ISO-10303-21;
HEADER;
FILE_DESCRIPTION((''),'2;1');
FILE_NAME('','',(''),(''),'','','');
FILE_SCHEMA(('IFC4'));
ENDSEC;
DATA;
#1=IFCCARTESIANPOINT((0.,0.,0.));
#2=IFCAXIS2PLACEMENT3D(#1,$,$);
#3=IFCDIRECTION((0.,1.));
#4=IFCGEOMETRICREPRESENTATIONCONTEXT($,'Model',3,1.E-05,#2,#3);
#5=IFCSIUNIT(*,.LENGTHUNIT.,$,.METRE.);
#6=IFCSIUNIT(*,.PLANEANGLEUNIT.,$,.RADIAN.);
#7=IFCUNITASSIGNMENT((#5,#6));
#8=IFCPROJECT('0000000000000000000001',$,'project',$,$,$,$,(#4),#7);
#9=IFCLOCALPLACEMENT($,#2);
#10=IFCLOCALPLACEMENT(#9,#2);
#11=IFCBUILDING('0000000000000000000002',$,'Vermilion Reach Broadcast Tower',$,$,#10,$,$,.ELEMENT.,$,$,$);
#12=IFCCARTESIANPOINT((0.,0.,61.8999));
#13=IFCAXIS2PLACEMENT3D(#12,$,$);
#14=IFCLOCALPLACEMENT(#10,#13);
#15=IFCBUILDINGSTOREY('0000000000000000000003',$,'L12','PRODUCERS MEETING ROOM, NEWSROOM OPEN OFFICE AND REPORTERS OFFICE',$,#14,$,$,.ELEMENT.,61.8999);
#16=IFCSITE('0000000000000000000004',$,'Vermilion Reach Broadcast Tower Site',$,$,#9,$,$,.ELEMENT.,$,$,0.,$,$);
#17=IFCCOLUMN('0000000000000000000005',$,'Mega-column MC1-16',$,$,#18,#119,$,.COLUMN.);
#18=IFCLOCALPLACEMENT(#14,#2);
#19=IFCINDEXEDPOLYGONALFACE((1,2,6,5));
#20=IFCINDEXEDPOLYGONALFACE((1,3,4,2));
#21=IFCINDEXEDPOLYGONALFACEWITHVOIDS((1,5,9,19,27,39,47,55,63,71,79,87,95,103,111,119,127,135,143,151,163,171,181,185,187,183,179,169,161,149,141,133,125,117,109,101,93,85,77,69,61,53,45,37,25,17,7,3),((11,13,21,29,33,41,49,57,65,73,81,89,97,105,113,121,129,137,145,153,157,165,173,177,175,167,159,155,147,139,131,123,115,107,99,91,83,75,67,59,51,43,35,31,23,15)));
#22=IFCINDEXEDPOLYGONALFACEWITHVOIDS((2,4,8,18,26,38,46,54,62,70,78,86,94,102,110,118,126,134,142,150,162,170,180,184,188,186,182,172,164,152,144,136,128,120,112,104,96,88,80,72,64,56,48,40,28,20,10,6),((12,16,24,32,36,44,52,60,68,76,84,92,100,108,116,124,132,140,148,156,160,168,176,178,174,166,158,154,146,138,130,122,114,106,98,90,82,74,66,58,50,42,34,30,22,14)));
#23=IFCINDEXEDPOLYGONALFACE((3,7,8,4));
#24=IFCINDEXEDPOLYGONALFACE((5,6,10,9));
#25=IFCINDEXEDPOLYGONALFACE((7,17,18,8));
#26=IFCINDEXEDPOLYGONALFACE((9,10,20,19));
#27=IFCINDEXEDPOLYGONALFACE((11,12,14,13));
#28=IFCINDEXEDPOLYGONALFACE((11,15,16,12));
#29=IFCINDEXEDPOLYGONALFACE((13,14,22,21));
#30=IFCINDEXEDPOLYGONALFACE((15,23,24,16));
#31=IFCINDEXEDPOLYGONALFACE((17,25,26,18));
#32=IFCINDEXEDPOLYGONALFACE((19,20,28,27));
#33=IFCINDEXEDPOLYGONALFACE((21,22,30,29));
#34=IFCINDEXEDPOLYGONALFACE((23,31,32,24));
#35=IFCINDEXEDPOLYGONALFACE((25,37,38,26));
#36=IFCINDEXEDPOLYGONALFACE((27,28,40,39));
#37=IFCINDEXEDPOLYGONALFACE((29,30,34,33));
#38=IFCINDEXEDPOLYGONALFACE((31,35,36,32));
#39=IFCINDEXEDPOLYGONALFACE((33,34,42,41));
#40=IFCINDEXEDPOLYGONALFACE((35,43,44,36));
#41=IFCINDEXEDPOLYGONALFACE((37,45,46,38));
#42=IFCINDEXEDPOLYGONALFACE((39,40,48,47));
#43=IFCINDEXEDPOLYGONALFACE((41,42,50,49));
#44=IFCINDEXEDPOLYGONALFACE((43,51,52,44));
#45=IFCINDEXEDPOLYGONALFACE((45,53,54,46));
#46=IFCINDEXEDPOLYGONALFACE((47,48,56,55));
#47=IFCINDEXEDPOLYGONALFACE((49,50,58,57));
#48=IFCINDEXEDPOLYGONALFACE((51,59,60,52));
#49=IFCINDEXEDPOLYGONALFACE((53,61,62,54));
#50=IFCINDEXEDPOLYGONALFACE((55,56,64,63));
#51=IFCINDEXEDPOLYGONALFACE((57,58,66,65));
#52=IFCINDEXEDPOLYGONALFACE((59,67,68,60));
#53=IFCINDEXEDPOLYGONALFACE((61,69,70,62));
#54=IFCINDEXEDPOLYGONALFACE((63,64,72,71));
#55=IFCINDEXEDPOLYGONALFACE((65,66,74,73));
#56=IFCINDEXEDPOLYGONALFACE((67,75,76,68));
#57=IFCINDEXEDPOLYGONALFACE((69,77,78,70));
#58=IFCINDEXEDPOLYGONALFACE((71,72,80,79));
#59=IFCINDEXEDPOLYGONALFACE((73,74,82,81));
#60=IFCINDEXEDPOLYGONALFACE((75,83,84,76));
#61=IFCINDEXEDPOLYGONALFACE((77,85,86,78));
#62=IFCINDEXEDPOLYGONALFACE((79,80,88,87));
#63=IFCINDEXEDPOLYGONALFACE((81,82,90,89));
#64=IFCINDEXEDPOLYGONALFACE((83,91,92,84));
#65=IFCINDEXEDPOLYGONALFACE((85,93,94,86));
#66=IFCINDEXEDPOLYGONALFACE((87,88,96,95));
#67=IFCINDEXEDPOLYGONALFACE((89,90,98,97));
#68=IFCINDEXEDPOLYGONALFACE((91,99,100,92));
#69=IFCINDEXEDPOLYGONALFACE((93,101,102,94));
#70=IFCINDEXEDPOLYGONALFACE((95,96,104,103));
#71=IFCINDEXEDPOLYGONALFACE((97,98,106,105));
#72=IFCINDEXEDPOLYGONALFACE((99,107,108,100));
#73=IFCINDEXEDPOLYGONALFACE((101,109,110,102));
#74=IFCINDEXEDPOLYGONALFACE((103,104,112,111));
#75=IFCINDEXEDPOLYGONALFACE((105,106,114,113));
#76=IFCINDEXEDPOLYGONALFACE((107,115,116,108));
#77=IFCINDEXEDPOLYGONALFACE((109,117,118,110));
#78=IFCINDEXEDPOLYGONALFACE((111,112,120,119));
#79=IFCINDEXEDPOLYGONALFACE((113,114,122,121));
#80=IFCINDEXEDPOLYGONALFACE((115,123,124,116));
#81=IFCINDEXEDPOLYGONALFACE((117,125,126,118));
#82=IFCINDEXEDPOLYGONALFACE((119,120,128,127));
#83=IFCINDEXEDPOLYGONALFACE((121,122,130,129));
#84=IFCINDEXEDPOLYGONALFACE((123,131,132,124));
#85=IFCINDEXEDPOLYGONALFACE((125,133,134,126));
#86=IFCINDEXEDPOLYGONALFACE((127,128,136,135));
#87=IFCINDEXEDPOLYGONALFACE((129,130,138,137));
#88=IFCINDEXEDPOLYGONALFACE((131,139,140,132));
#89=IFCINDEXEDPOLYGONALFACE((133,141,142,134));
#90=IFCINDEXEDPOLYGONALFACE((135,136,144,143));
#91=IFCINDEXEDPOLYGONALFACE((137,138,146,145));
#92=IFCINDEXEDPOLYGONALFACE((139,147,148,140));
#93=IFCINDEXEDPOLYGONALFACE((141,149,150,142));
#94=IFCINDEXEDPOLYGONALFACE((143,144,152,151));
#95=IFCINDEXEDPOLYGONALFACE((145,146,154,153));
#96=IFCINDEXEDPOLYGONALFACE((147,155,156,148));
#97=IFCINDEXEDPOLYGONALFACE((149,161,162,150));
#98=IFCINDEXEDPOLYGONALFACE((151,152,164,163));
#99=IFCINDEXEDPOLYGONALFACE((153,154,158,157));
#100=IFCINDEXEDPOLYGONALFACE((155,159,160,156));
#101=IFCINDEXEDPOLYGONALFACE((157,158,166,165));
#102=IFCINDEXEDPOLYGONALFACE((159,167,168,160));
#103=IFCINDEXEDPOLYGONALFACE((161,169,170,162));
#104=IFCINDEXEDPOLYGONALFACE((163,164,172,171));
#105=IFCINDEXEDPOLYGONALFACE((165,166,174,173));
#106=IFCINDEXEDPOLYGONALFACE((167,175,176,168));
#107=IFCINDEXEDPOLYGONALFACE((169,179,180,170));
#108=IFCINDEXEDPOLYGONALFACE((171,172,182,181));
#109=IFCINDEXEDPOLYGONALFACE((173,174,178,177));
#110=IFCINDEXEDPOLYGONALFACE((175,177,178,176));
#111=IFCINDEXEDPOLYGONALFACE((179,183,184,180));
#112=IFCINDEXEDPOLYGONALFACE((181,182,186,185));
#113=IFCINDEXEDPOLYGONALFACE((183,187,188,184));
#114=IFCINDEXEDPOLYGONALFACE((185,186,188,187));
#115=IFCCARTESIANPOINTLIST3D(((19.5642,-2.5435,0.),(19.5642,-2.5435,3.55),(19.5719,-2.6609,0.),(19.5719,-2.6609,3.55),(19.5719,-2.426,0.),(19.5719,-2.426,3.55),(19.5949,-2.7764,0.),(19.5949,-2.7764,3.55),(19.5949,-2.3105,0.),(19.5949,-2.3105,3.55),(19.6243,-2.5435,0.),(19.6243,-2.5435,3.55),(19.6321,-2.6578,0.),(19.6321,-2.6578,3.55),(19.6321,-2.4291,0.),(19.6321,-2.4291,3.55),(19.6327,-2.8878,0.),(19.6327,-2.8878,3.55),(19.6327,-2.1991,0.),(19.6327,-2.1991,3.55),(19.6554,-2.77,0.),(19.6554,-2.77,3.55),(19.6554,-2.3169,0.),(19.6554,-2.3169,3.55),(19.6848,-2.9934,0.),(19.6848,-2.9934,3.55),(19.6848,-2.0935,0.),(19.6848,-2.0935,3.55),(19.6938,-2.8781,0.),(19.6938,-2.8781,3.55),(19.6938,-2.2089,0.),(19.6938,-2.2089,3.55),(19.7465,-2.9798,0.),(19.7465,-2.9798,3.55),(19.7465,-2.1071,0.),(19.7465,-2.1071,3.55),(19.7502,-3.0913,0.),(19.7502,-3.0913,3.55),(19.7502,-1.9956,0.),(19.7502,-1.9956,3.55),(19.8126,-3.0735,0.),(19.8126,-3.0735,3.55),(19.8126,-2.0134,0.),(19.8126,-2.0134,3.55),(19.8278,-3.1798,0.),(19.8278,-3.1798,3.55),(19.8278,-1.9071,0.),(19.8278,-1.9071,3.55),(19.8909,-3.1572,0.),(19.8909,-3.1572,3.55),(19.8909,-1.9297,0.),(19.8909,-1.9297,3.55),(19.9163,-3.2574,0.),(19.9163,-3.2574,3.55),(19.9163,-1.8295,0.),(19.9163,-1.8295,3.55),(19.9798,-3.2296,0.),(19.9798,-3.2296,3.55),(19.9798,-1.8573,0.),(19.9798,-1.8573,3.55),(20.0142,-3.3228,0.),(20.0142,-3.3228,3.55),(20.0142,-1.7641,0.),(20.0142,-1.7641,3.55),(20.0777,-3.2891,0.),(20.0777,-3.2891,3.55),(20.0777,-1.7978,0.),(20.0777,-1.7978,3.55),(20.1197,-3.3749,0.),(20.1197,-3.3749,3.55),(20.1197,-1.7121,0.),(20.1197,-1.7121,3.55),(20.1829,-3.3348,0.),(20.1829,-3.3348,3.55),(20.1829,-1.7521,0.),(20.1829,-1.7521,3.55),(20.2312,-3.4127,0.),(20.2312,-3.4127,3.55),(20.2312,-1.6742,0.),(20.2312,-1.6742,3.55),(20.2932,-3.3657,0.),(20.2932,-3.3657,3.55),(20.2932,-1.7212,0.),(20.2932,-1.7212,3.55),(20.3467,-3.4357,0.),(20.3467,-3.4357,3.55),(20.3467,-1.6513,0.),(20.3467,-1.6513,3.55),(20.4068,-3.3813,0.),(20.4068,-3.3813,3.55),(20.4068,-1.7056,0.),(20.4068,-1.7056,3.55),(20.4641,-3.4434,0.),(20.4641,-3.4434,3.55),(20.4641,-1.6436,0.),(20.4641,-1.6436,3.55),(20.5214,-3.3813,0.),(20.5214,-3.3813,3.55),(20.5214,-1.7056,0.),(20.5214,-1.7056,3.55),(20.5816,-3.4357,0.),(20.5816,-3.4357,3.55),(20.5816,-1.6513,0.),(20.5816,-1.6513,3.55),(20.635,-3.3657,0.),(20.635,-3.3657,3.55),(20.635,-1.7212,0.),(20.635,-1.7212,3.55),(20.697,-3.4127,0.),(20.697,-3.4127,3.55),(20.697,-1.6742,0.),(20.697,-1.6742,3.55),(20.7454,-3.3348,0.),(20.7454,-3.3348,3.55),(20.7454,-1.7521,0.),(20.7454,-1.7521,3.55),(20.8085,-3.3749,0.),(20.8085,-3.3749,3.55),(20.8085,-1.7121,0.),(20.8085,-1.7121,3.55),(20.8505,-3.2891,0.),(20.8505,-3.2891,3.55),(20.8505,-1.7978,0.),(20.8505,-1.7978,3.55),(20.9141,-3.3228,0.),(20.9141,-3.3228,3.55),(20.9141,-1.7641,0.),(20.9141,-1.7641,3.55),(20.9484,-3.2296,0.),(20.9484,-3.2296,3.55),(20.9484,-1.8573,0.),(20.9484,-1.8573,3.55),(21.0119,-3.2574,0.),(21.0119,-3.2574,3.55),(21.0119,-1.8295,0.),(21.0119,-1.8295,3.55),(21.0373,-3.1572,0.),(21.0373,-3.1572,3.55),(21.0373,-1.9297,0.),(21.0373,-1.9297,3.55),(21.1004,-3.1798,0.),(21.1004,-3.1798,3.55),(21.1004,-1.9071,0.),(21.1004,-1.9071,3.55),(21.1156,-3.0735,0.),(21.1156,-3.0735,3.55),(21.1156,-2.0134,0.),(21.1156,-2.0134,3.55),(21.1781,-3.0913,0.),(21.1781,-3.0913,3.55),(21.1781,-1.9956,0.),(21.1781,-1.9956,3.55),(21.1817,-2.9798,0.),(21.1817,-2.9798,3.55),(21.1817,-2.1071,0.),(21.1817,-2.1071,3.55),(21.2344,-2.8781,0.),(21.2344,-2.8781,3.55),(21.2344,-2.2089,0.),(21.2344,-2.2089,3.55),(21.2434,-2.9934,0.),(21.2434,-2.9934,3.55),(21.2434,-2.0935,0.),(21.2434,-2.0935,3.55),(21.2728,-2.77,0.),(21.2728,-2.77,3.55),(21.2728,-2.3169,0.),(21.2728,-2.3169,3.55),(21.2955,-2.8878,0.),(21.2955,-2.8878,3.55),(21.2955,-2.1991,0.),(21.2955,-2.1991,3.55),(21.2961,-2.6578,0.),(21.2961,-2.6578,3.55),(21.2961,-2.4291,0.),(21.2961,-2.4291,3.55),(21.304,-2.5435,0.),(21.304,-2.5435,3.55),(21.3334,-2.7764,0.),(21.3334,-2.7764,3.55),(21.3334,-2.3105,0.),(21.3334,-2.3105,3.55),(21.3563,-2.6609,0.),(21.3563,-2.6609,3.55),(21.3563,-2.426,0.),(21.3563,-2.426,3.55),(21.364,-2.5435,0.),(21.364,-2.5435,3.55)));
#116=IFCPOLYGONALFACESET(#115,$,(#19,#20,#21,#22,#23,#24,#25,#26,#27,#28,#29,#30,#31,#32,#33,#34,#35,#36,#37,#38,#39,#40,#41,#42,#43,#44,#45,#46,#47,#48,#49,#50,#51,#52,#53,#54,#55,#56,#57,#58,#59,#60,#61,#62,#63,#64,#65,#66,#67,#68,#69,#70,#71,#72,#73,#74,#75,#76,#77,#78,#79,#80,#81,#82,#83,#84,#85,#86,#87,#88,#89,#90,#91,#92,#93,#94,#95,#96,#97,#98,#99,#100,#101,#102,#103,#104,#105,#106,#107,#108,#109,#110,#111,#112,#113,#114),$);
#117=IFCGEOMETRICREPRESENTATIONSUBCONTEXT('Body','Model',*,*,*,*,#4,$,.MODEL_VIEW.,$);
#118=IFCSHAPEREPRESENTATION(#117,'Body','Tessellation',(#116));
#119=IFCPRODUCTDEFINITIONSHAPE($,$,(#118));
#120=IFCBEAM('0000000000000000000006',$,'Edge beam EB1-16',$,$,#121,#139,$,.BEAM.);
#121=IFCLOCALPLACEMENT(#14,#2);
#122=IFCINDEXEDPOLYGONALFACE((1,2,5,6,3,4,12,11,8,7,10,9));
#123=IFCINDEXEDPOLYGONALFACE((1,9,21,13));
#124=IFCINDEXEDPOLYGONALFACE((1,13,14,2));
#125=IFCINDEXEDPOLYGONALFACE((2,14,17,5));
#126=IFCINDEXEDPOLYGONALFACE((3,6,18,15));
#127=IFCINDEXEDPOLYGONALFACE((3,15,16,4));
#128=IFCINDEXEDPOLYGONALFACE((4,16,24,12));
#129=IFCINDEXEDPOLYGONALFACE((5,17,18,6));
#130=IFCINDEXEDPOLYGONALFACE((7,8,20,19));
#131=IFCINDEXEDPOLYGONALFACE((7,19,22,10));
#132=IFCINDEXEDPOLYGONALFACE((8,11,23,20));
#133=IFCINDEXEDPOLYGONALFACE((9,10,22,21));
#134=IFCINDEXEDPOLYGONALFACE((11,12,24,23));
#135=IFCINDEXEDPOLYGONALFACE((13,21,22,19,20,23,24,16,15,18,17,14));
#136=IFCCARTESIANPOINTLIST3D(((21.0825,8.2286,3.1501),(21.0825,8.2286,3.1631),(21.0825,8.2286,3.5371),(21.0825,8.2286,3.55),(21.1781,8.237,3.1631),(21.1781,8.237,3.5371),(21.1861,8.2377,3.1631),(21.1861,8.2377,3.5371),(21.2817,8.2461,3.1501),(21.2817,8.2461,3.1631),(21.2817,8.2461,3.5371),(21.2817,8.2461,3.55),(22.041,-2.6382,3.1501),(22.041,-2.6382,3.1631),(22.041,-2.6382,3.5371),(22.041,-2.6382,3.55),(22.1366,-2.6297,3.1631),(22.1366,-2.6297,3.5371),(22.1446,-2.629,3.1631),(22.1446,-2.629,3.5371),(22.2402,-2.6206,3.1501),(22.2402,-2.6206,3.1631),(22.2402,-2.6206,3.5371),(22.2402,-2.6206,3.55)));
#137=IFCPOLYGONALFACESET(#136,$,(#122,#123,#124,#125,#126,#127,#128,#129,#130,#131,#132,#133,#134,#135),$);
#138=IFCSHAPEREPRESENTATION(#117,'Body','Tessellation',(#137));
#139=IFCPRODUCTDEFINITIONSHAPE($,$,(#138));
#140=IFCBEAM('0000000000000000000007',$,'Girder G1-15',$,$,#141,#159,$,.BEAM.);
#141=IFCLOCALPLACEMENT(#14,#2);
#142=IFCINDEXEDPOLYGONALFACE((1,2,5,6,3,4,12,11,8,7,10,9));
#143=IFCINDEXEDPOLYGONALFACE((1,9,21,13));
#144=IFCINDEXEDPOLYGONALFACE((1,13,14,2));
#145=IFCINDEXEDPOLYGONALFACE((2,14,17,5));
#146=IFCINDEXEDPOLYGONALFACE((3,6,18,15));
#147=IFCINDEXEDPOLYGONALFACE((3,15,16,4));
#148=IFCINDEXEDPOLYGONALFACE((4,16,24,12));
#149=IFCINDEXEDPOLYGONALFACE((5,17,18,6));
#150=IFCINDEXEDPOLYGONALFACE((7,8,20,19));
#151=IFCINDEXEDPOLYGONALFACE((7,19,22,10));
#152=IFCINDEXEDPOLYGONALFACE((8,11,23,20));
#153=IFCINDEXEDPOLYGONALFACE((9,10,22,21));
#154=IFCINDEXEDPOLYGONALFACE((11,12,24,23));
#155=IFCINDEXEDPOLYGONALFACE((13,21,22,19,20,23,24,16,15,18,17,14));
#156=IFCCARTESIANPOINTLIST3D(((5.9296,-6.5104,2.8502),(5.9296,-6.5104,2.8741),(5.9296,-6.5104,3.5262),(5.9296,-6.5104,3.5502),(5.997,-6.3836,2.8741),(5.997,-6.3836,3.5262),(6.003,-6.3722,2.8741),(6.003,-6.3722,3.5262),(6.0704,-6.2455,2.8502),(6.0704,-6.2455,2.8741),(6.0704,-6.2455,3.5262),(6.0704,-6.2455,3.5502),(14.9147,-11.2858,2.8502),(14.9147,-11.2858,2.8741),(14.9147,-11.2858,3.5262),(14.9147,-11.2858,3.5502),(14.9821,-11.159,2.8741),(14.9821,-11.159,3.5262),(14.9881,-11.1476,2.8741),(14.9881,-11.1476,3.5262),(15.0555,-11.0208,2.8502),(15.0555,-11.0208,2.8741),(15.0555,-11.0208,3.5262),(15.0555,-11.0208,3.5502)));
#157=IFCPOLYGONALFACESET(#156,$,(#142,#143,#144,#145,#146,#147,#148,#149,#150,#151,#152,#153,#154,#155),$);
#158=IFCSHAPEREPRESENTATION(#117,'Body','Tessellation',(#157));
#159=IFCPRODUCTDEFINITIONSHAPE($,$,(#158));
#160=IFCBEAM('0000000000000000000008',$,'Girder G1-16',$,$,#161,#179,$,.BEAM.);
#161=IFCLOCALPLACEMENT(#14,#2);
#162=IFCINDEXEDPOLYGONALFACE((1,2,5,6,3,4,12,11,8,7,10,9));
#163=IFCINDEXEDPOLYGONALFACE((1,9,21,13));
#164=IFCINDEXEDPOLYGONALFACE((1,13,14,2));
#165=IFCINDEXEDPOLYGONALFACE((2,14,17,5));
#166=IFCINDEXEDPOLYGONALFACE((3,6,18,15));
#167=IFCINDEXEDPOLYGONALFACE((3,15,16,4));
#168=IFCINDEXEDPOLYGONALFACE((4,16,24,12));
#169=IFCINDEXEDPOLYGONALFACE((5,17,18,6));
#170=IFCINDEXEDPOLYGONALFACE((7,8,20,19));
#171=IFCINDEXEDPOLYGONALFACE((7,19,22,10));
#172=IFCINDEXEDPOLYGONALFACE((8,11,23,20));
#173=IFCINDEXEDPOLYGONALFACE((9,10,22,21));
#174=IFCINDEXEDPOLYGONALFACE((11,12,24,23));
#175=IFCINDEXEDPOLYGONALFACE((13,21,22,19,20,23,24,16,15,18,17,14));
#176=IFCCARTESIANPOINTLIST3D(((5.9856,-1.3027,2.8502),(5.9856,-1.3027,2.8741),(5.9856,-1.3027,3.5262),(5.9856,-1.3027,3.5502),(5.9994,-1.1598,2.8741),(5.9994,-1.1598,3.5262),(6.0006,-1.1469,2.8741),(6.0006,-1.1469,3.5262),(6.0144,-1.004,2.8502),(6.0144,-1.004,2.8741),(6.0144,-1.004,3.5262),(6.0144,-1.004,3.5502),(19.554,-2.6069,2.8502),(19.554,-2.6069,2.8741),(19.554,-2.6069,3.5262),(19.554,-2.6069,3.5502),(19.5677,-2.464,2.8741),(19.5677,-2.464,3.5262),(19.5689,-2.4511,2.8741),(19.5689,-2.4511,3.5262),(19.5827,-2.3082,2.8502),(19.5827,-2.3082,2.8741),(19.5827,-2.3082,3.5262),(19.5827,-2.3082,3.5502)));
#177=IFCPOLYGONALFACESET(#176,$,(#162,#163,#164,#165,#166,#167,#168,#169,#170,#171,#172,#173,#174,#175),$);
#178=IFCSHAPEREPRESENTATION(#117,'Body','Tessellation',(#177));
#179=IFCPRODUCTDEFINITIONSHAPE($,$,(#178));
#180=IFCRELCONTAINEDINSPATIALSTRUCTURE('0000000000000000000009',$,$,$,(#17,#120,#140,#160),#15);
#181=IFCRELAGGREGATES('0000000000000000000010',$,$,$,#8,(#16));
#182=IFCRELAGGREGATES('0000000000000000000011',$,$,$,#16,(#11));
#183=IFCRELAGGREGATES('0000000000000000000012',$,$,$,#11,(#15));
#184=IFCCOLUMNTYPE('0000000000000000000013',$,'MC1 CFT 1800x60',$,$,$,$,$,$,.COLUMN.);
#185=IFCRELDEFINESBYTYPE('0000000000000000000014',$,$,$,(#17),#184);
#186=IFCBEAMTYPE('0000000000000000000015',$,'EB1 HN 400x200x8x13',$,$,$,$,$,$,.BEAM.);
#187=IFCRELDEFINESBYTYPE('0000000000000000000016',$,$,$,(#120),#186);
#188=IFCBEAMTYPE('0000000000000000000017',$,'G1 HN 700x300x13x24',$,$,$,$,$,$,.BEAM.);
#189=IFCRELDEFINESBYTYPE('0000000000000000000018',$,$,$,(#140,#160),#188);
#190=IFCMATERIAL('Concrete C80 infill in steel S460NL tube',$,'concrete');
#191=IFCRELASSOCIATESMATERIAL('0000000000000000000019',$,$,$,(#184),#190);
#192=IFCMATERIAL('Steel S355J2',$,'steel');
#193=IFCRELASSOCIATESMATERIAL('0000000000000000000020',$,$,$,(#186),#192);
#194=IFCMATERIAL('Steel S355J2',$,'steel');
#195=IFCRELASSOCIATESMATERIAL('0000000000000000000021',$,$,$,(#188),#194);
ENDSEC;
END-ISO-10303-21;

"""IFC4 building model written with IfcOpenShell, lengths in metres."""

from ifc_helpers import new_model, si_unit, direction, frame, origin, origin_2d, place, context, subcontext, project, spatial, hollow_circle, i_section, extrude, material, material_profile, profile_set, type_object, element, save


model = new_model("IFC4")

# Units and contexts
model_context = context("Model", 3, precision=1e-05, world=origin(), true_north=direction((0.0, 1.0)))
body_context = subcontext(model_context, "Body", "Model", "MODEL_VIEW")
ifc_project = project(units=[si_unit("LENGTHUNIT", "METRE"), si_unit("PLANEANGLEUNIT", "RADIAN")], contexts=[model_context])

# Site, building, storey
site_placement = place(None, origin())
site = spatial("IfcSite", under=ifc_project, at=site_placement, Name="Vermilion Reach Broadcast Tower Site", CompositionType="ELEMENT", RefElevation=0.0)
building_placement = place(site_placement, origin())
building = spatial("IfcBuilding", under=site, at=building_placement, Name="Vermilion Reach Broadcast Tower", CompositionType="ELEMENT")
storey_placement = place(building_placement, frame((0.0, 0.0, 61.8999)))
storey = spatial("IfcBuildingStorey", under=building, at=storey_placement, Name="L12", Description="PRODUCERS MEETING ROOM, NEWSROOM OPEN OFFICE AND REPORTERS OFFICE", CompositionType="ELEMENT", Elevation=61.8999)

# Column
ifc_material_1 = material(Name="Concrete C80 infill in steel S460NL tube", Category="concrete")
ifc_material_profile_1 = material_profile(ifc_material_1, hollow_circle(Radius=0.8999, WallThickness=0.0601, at=origin_2d()), Name="Concrete C80 infill in steel S460NL tube CFT 1800x60")
ifc_profile_set_1 = profile_set([ifc_material_profile_1], Name="Concrete C80 infill in steel S460NL tube")
column_type = type_object("IfcColumnType", Name="MC1 CFT 1800x60", PredefinedType="COLUMN", material=ifc_profile_set_1)
column_placement = place(storey_placement, frame((20.4641, -2.5435, 0.0), z_axis=(0.0, 0.0, 1.0), x_axis=(1.0, 0.0, 0.0)))
element("IfcColumn", 1, at=column_placement, inside=storey, type_object=column_type, Name="Mega-column MC1-16", PredefinedType="COLUMN", context=body_context, shape_type="SweptSolid", body=[
    extrude(hollow_circle(Radius=0.8999, WallThickness=0.0601, at=origin_2d()), origin(), (0.0, 0.0, 1.0), 3.55),
])

# Beams
ifc_material_2 = material(Name="Steel S355J2", Category="steel")
ifc_material_profile_2 = material_profile(ifc_material_2, i_section(OverallWidth=0.2, OverallDepth=0.3999, WebThickness=0.0081, FlangeThickness=0.0129, at=origin_2d()), Name="S355J2 HN 400x200x8x13")
ifc_profile_set_2 = profile_set([ifc_material_profile_2], Name="Steel S355J2")
beam_type_1 = type_object("IfcBeamType", Name="EB1 HN 400x200x8x13", PredefinedType="BEAM", material=ifc_profile_set_2)
beam_1_placement = place(storey_placement, frame((22.1406, -2.6294, 3.3501), z_axis=(-0.087864, 0.996133, 0.0), x_axis=(-0.996133, -0.087864, 0.0)))
element("IfcBeam", 2, at=beam_1_placement, inside=storey, type_object=beam_type_1, Name="Edge beam EB1-16", PredefinedType="BEAM", context=body_context, shape_type="SweptSolid", body=[
    extrude(i_section(OverallWidth=0.2, OverallDepth=0.3999, WebThickness=0.0081, FlangeThickness=0.0129, at=origin_2d()), origin(), (0.0, 0.0, 1.0), 10.9089),
])
ifc_material_3 = material(Name="Steel S355J2", Category="steel")
ifc_material_profile_3 = material_profile(ifc_material_3, i_section(OverallWidth=0.3, OverallDepth=0.7, WebThickness=0.0129, FlangeThickness=0.0239, at=origin_2d()), Name="S355J2 HN 700x300x13x24")
ifc_profile_set_3 = profile_set([ifc_material_profile_3], Name="Steel S355J2")
beam_type_2 = type_object("IfcBeamType", Name="G1 HN 700x300x13x24", PredefinedType="BEAM", material=ifc_profile_set_3)
beam_2_placement = place(storey_placement, frame((6.0, -6.3779, 3.2002), z_axis=(0.883032, -0.469313, 0.0), x_axis=(0.469313, 0.883032, 0.0)))
element("IfcBeam", 3, at=beam_2_placement, inside=storey, type_object=beam_type_2, Name="Girder G1-15", PredefinedType="BEAM", context=body_context, shape_type="SweptSolid", body=[
    extrude(i_section(OverallWidth=0.3, OverallDepth=0.7, WebThickness=0.0129, FlangeThickness=0.0239, at=origin_2d()), origin(), (0.0, 0.0, 1.0), 10.1753),
])
beam_3_placement = place(storey_placement, frame((6.0, -1.1533, 3.2002), z_axis=(0.995412, -0.09568, 0.0), x_axis=(0.09568, 0.995412, 0.0)))
element("IfcBeam", 4, at=beam_3_placement, inside=storey, type_object=beam_type_2, Name="Girder G1-16", PredefinedType="BEAM", context=body_context, shape_type="SweptSolid", body=[
    extrude(i_section(OverallWidth=0.3, OverallDepth=0.7, WebThickness=0.0129, FlangeThickness=0.0239, at=origin_2d()), origin(), (0.0, 0.0, 1.0), 13.6309),
])

save(model, "model.ifc")
